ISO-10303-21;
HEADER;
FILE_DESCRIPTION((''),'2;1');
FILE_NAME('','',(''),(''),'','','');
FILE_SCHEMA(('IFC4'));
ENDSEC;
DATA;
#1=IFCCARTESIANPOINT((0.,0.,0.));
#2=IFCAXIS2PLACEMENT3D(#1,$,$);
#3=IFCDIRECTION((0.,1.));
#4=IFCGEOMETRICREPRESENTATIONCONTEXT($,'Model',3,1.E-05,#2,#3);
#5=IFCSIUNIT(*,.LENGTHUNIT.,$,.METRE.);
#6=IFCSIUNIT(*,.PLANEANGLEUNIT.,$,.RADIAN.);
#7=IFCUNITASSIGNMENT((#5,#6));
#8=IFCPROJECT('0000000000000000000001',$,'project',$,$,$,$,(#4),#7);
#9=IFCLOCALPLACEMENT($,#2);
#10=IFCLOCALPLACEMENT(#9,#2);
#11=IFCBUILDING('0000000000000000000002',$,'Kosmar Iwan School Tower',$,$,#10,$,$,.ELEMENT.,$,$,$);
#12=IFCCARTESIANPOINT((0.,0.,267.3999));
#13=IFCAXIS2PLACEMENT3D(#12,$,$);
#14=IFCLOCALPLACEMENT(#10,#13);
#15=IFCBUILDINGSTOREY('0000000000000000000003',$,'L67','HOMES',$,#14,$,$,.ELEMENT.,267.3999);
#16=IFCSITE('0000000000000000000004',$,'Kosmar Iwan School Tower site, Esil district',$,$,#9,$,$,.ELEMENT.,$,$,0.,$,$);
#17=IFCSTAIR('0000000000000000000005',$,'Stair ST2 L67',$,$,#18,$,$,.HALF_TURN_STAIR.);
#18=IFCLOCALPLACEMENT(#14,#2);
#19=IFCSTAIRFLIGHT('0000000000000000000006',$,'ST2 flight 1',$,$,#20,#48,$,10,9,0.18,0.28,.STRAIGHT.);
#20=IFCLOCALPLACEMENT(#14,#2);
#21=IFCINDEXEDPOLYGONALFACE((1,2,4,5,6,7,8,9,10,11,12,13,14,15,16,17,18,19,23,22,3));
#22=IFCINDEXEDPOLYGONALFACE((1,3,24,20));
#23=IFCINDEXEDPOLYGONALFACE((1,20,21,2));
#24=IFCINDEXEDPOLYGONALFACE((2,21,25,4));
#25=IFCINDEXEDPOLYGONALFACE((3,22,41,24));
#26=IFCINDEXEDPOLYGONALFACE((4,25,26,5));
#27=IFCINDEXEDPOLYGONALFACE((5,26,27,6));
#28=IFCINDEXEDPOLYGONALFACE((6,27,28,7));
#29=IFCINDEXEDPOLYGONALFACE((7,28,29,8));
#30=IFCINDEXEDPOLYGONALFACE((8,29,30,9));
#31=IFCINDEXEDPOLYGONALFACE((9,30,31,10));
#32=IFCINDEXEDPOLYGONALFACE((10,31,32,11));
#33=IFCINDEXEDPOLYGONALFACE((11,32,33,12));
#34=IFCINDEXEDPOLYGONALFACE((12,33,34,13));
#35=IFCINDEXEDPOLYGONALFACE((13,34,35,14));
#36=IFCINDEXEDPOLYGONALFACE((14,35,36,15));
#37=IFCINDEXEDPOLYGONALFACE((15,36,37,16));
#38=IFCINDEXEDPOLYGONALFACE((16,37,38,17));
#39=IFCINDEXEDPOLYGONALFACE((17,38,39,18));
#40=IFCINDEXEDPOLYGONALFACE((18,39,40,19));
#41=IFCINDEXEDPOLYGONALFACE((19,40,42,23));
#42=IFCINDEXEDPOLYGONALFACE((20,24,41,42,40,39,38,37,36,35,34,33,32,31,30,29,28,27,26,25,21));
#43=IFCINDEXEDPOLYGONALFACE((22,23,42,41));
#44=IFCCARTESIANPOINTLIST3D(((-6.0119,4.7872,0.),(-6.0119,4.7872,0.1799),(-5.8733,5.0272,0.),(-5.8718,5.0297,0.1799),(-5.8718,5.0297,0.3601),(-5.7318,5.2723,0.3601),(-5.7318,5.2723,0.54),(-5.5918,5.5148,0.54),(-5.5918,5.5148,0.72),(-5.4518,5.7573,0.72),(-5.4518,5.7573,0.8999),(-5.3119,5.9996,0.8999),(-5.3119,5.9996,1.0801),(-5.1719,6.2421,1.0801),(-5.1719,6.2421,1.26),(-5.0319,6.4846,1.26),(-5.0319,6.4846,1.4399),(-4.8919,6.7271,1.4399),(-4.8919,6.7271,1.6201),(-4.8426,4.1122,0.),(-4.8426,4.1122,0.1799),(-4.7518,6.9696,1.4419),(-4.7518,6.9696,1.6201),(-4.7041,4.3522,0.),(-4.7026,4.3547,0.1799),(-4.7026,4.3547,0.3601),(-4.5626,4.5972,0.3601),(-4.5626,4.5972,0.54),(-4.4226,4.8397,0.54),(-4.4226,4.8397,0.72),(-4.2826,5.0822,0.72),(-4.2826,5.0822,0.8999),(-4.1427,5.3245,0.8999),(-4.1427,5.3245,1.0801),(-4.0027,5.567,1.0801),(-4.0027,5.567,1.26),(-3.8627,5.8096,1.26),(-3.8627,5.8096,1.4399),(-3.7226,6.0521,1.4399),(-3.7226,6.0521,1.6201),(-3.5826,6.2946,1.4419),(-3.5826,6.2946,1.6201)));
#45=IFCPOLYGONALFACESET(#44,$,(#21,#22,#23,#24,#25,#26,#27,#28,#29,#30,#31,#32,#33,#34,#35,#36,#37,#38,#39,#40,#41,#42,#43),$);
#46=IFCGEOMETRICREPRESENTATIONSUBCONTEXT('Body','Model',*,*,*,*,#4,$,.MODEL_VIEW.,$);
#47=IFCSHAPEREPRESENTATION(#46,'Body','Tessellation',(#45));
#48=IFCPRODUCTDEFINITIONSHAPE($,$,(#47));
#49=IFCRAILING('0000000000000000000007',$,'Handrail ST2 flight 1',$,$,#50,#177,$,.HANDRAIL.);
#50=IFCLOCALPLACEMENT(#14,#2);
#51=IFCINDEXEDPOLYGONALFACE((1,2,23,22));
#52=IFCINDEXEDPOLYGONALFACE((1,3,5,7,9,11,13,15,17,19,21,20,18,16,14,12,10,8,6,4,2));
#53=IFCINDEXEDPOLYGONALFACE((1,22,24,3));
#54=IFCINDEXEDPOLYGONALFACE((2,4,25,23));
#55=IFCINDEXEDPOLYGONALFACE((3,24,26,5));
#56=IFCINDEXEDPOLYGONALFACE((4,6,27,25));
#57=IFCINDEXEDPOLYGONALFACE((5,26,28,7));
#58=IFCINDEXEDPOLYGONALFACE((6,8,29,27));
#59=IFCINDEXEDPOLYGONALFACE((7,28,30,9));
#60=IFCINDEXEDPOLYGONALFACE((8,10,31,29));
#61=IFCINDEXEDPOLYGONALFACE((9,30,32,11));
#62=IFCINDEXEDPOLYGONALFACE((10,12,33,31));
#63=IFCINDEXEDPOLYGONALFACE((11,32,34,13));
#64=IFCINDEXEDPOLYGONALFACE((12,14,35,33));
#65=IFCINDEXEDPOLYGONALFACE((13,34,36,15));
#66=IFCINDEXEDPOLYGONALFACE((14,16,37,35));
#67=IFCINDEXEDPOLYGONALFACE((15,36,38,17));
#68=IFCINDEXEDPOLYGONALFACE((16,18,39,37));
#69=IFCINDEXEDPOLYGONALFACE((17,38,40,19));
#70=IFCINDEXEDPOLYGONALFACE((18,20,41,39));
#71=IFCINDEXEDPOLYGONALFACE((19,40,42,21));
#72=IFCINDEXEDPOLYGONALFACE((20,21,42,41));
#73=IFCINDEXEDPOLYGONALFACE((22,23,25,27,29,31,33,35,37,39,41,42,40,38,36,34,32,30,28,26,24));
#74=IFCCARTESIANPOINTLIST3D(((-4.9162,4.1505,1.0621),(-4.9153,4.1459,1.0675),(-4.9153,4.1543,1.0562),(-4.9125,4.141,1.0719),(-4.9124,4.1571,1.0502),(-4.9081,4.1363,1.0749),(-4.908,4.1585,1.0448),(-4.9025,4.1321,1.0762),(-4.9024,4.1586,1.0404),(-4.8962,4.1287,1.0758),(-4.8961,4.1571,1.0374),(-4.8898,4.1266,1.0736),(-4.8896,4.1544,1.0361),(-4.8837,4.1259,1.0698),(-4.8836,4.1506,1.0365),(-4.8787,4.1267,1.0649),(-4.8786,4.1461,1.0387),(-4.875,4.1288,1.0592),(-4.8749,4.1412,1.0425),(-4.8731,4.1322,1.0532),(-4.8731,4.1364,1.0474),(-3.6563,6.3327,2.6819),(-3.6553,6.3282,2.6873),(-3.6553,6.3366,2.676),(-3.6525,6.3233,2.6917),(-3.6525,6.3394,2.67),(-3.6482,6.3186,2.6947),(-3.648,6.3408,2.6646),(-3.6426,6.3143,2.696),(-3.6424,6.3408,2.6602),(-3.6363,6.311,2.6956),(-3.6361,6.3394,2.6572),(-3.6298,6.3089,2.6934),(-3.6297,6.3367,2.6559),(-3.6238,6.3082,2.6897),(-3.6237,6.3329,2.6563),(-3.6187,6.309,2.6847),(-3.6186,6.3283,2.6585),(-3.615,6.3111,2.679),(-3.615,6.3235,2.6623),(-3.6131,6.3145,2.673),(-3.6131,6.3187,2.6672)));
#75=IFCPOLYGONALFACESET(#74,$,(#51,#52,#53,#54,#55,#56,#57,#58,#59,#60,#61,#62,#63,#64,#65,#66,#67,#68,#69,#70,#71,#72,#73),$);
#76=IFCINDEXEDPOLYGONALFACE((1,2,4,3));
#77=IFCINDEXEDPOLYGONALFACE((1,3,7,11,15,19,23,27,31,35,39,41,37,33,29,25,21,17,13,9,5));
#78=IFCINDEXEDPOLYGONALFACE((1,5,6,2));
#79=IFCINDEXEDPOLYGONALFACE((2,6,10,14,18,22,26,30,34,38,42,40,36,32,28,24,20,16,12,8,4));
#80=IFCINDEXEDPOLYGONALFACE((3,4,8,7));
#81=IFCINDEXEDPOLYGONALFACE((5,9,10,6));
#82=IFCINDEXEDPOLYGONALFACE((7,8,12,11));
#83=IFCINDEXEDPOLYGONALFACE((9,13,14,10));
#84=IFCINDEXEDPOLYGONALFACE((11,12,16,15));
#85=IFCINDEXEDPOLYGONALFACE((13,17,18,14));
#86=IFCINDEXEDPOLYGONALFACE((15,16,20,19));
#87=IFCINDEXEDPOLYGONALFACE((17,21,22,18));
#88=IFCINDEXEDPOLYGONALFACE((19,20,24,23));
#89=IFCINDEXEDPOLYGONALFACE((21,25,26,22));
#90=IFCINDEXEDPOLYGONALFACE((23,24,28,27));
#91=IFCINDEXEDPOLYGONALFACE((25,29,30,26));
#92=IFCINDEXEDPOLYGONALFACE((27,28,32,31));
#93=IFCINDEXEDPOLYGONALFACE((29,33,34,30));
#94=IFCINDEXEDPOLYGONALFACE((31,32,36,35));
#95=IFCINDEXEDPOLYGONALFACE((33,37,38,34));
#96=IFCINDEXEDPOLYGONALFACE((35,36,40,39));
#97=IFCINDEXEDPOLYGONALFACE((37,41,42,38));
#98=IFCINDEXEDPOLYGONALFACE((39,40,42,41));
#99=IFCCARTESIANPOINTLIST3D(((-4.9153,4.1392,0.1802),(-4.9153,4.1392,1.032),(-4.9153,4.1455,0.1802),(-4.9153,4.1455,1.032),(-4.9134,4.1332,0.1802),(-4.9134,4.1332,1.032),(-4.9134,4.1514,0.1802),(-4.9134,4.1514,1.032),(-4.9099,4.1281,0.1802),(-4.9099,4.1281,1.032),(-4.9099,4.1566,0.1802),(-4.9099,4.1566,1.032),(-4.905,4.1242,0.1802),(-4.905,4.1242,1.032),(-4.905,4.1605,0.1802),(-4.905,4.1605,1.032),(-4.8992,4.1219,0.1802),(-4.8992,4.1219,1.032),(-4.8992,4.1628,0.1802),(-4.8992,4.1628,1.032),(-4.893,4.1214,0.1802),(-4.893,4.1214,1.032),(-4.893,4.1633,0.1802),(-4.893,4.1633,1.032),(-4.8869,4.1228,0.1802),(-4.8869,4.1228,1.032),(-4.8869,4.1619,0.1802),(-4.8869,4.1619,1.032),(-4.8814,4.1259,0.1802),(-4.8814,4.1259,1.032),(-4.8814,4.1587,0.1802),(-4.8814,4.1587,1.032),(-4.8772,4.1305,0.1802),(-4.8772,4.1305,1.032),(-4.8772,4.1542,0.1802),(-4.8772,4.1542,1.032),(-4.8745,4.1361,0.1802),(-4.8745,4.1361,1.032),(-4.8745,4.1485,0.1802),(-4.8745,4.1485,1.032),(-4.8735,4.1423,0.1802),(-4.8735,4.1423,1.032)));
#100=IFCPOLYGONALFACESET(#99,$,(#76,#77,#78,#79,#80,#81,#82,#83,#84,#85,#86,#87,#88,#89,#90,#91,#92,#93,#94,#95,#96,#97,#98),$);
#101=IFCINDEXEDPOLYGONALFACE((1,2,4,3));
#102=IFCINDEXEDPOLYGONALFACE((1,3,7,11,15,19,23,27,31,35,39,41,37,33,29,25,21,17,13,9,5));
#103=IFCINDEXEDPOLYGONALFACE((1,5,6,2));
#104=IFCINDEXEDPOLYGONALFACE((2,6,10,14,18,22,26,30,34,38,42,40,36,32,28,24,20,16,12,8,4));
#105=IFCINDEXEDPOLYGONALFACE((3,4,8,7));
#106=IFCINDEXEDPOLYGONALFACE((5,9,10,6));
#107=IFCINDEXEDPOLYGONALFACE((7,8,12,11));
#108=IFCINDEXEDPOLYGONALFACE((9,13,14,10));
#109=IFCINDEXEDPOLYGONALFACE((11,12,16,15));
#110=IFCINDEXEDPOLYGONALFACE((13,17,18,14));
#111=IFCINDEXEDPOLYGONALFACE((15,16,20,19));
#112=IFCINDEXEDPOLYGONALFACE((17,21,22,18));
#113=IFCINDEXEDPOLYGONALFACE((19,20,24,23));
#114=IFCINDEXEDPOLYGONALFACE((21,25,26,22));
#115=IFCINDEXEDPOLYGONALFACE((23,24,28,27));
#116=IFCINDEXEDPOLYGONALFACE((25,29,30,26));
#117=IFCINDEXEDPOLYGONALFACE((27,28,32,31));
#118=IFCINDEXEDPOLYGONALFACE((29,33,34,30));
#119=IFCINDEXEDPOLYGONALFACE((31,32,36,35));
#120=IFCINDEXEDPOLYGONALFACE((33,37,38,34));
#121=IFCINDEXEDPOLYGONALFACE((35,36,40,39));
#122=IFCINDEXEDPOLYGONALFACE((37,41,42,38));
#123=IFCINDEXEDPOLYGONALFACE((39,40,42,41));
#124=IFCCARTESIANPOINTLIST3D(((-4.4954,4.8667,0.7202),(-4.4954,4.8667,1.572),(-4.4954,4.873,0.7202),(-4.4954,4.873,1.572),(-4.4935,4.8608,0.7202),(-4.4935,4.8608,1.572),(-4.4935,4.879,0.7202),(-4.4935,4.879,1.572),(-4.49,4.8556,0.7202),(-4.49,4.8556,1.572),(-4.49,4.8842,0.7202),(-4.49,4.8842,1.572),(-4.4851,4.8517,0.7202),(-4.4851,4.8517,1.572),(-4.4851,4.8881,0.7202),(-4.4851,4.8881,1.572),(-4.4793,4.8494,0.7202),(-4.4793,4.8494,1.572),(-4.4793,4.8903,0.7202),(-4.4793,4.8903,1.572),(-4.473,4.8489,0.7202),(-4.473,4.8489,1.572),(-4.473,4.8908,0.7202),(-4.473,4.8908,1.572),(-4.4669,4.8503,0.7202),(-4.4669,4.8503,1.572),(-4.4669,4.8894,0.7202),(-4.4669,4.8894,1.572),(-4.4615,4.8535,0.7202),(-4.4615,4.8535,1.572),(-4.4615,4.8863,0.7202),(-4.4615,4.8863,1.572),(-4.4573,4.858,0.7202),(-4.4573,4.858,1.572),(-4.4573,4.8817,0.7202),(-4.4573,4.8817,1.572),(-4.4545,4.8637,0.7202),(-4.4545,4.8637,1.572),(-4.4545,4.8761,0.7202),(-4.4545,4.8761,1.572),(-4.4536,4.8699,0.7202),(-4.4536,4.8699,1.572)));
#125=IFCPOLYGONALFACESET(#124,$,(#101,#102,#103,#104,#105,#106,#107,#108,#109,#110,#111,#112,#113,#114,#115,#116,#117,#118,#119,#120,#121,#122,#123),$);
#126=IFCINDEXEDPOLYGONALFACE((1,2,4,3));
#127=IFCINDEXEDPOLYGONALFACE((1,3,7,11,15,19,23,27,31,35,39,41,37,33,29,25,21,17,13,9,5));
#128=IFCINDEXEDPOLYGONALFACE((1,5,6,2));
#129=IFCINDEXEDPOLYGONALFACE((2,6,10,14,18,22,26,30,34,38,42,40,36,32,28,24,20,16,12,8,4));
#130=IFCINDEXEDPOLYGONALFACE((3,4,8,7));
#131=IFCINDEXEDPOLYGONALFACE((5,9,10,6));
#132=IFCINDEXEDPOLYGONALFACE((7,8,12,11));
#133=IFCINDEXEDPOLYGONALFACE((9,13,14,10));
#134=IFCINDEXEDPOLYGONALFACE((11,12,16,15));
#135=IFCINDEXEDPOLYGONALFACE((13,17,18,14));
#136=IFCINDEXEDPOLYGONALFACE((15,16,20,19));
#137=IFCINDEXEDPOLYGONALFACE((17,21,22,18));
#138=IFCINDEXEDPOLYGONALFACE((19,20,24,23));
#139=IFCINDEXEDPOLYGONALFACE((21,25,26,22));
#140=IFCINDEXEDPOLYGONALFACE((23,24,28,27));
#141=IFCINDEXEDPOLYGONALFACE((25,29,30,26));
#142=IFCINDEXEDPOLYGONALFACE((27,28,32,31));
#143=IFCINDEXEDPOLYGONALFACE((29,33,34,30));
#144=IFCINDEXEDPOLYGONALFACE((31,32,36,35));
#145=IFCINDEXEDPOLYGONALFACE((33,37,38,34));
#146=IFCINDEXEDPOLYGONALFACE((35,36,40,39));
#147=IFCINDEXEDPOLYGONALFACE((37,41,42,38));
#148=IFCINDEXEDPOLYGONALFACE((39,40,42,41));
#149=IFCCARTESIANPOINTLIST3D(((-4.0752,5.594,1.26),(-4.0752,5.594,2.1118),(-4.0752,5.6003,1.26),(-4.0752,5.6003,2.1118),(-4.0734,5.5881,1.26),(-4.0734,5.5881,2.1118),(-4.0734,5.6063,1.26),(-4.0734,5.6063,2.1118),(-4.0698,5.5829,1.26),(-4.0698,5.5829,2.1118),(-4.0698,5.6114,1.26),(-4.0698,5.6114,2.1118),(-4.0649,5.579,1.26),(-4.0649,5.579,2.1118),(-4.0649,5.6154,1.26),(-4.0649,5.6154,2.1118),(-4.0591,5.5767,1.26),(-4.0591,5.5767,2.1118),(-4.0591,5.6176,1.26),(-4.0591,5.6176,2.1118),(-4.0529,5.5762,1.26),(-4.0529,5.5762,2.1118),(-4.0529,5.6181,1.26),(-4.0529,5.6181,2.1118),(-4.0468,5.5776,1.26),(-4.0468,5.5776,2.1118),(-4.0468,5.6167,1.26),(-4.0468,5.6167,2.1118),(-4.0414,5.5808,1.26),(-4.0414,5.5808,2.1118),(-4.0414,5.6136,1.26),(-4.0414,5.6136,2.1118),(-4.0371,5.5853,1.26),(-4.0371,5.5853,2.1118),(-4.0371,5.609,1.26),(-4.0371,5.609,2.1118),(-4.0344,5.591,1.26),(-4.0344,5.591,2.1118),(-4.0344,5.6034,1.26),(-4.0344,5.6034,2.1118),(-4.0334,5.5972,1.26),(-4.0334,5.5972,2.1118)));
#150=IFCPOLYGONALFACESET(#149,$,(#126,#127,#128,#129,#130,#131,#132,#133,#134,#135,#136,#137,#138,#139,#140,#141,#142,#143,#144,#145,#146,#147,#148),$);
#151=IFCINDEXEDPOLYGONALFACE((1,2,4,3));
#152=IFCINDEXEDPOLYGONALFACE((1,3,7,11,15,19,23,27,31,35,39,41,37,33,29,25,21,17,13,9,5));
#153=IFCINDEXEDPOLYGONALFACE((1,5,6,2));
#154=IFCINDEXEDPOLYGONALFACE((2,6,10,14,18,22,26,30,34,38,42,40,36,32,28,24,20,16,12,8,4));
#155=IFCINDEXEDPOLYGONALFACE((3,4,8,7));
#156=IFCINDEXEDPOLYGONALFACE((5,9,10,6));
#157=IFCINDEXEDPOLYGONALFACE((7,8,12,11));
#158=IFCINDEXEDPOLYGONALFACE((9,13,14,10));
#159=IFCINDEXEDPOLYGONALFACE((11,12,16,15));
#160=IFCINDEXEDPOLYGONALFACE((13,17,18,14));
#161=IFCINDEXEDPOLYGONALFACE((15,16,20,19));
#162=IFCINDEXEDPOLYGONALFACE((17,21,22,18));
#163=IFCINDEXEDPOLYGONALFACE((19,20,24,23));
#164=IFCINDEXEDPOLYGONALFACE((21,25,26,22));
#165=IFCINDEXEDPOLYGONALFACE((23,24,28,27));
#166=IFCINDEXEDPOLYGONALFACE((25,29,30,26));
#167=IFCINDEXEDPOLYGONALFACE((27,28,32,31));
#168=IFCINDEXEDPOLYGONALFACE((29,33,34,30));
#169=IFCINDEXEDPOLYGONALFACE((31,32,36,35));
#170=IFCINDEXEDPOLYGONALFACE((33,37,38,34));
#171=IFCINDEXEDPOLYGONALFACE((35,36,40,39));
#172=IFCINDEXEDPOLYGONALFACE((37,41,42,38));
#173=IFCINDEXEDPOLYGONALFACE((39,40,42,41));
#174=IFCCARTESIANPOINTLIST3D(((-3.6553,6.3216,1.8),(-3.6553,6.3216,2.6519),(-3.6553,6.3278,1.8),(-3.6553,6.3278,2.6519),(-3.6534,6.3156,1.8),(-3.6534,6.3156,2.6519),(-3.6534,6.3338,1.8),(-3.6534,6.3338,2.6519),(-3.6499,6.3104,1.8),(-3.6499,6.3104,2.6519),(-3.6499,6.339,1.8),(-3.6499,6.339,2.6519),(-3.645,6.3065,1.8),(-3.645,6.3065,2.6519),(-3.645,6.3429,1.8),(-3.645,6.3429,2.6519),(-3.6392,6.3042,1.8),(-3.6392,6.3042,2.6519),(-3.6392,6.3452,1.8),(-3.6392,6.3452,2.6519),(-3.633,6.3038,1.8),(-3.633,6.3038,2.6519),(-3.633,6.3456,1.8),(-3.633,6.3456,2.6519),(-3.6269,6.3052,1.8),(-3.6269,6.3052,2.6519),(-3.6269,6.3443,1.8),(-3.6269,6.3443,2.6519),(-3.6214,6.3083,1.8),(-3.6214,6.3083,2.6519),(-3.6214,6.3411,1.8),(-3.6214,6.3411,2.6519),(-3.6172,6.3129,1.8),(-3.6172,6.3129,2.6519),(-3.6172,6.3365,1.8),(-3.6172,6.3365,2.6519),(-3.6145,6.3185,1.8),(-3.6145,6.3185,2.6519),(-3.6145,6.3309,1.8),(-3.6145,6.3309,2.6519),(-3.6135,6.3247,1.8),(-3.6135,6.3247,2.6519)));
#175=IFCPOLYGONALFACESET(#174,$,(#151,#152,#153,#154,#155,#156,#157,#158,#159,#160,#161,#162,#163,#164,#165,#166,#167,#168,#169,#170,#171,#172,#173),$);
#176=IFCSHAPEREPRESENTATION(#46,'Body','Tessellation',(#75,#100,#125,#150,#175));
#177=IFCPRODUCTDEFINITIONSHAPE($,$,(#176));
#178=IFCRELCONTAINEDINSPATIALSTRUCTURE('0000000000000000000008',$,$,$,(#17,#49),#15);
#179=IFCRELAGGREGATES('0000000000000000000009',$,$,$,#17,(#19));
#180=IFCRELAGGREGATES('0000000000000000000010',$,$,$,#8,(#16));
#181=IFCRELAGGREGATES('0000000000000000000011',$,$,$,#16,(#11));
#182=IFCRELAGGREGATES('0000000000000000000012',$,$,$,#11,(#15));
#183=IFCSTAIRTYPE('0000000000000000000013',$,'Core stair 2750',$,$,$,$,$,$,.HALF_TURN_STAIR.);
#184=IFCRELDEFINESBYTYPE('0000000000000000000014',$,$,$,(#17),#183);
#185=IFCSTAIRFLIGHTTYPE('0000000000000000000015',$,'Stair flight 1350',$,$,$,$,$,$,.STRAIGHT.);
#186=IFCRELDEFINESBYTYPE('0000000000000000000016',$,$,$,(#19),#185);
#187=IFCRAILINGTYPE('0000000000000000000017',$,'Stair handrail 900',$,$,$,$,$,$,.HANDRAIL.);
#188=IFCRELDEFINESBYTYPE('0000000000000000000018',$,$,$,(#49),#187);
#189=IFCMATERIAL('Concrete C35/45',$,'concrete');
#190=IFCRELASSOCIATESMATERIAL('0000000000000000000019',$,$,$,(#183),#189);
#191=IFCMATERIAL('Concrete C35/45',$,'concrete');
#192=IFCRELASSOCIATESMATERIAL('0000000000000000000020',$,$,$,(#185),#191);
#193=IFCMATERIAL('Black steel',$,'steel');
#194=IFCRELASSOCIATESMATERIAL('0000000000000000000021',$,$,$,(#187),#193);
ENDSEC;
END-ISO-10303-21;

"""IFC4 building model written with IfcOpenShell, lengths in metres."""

from ifc_helpers import new_model, si_unit, direction, frame, origin, origin_2d, place, context, subcontext, project, spatial, polyline, circle, outline, extrude, material, type_object, element, aggregate, save


model = new_model("IFC4")

# Units and contexts
model_context = context("Model", 3, precision=1e-05, world=origin(), true_north=direction((0.0, 1.0)))
body_context = subcontext(model_context, "Body", "Model", "MODEL_VIEW")
ifc_project = project(units=[si_unit("LENGTHUNIT", "METRE"), si_unit("PLANEANGLEUNIT", "RADIAN")], contexts=[model_context])

# Site, building, storey
site_placement = place(None, origin())
site = spatial("IfcSite", under=ifc_project, at=site_placement, Name="Kosmar Iwan School Tower site, Esil district", CompositionType="ELEMENT", RefElevation=0.0)
building_placement = place(site_placement, origin())
building = spatial("IfcBuilding", under=site, at=building_placement, Name="Kosmar Iwan School Tower", CompositionType="ELEMENT")
storey_placement = place(building_placement, frame((0.0, 0.0, 267.3999)))
storey = spatial("IfcBuildingStorey", under=building, at=storey_placement, Name="L67", Description="HOMES", CompositionType="ELEMENT", Elevation=267.3999)

# Stair, stair flight
ifc_material_1 = material(Name="Concrete C35/45", Category="concrete")
stair_type = type_object("IfcStairType", Name="Core stair 2750", PredefinedType="HALF_TURN_STAIR", material=ifc_material_1)
stair_placement = place(storey_placement, origin())
stair = element("IfcStair", 1, at=stair_placement, inside=storey, type_object=stair_type, Name="Stair ST2 L67", PredefinedType="HALF_TURN_STAIR")
ifc_material_2 = material(Name="Concrete C35/45", Category="concrete")
stair_flight_type = type_object("IfcStairFlightType", Name="Stair flight 1350", PredefinedType="STRAIGHT", material=ifc_material_2)
stair_flight_placement = place(storey_placement, frame((-5.4272, 4.4497, 0.0), z_axis=(0.0, 0.0, 1.0), x_axis=(0.5, 0.866025, 0.0)))
stair_flight = element("IfcStairFlight", 2, at=stair_flight_placement, type_object=stair_flight_type, Name="ST2 flight 1", NumberOfRisers=10, NumberOfTreads=9, PredefinedType="STRAIGHT", RiserHeight=0.18, TreadLength=0.28, context=body_context, shape_type="SweptSolid", body=[
    extrude(outline(polyline([(0.0, 0.0), (0.0, 0.1799), (0.28, 0.1799), (0.28, 0.3601), (0.5601, 0.3601), (0.5601, 0.54), (0.8401, 0.54), (0.8401, 0.72), (1.1201, 0.72), (1.1201, 0.8999), (1.3999, 0.8999), (1.3999, 1.0801), (1.6799, 1.0801), (1.6799, 1.26), (1.96, 1.26), (1.96, 1.4399), (2.24, 1.4399), (2.24, 1.6201), (2.52, 1.6201), (2.52, 1.8), (2.52, 1.4419), (0.2771, 0.0), (0.0, 0.0)])), frame((0.0, 0.675, 0.0), z_axis=(0.0, -1.0, 0.0), x_axis=(1.0, 0.0, 0.0)), (0.0, 0.0, 1.0), 1.3501),
])
aggregate(stair, [stair_flight])

# Railing
ifc_material_3 = material(Name="Black steel", Category="steel")
railing_type = type_object("IfcRailingType", Name="Stair handrail 900", PredefinedType="HANDRAIL", material=ifc_material_3)
railing_placement = place(storey_placement, frame((-4.8945, 4.1423, 0.1802)))
element("IfcRailing", 3, at=railing_placement, inside=storey, type_object=railing_type, Name="Handrail ST2 flight 1", PredefinedType="HANDRAIL", context=body_context, shape_type="SweptSolid", body=[
    extrude(circle(Radius=0.0239, at=origin_2d()), frame((0.0, 0.0, 0.876), z_axis=(0.420603, 0.728496, 0.540728), x_axis=(-0.866023, 0.500005, 0.0)), (0.0, 0.0, 1.0), 2.9956),
    extrude(circle(Radius=0.021, at=origin_2d()), origin(), (0.0, 0.0, 1.0), 0.8518),
    extrude(circle(Radius=0.021, at=origin_2d()), frame((0.4199, 0.7275, 0.54)), (0.0, 0.0, 1.0), 0.8518),
    extrude(circle(Radius=0.021, at=origin_2d()), frame((0.8401, 1.4548, 1.0798)), (0.0, 0.0, 1.0), 0.8518),
    extrude(circle(Radius=0.021, at=origin_2d()), frame((1.26, 2.1824, 1.6199)), (0.0, 0.0, 1.0), 0.8518),
])

save(model, "model.ifc")
